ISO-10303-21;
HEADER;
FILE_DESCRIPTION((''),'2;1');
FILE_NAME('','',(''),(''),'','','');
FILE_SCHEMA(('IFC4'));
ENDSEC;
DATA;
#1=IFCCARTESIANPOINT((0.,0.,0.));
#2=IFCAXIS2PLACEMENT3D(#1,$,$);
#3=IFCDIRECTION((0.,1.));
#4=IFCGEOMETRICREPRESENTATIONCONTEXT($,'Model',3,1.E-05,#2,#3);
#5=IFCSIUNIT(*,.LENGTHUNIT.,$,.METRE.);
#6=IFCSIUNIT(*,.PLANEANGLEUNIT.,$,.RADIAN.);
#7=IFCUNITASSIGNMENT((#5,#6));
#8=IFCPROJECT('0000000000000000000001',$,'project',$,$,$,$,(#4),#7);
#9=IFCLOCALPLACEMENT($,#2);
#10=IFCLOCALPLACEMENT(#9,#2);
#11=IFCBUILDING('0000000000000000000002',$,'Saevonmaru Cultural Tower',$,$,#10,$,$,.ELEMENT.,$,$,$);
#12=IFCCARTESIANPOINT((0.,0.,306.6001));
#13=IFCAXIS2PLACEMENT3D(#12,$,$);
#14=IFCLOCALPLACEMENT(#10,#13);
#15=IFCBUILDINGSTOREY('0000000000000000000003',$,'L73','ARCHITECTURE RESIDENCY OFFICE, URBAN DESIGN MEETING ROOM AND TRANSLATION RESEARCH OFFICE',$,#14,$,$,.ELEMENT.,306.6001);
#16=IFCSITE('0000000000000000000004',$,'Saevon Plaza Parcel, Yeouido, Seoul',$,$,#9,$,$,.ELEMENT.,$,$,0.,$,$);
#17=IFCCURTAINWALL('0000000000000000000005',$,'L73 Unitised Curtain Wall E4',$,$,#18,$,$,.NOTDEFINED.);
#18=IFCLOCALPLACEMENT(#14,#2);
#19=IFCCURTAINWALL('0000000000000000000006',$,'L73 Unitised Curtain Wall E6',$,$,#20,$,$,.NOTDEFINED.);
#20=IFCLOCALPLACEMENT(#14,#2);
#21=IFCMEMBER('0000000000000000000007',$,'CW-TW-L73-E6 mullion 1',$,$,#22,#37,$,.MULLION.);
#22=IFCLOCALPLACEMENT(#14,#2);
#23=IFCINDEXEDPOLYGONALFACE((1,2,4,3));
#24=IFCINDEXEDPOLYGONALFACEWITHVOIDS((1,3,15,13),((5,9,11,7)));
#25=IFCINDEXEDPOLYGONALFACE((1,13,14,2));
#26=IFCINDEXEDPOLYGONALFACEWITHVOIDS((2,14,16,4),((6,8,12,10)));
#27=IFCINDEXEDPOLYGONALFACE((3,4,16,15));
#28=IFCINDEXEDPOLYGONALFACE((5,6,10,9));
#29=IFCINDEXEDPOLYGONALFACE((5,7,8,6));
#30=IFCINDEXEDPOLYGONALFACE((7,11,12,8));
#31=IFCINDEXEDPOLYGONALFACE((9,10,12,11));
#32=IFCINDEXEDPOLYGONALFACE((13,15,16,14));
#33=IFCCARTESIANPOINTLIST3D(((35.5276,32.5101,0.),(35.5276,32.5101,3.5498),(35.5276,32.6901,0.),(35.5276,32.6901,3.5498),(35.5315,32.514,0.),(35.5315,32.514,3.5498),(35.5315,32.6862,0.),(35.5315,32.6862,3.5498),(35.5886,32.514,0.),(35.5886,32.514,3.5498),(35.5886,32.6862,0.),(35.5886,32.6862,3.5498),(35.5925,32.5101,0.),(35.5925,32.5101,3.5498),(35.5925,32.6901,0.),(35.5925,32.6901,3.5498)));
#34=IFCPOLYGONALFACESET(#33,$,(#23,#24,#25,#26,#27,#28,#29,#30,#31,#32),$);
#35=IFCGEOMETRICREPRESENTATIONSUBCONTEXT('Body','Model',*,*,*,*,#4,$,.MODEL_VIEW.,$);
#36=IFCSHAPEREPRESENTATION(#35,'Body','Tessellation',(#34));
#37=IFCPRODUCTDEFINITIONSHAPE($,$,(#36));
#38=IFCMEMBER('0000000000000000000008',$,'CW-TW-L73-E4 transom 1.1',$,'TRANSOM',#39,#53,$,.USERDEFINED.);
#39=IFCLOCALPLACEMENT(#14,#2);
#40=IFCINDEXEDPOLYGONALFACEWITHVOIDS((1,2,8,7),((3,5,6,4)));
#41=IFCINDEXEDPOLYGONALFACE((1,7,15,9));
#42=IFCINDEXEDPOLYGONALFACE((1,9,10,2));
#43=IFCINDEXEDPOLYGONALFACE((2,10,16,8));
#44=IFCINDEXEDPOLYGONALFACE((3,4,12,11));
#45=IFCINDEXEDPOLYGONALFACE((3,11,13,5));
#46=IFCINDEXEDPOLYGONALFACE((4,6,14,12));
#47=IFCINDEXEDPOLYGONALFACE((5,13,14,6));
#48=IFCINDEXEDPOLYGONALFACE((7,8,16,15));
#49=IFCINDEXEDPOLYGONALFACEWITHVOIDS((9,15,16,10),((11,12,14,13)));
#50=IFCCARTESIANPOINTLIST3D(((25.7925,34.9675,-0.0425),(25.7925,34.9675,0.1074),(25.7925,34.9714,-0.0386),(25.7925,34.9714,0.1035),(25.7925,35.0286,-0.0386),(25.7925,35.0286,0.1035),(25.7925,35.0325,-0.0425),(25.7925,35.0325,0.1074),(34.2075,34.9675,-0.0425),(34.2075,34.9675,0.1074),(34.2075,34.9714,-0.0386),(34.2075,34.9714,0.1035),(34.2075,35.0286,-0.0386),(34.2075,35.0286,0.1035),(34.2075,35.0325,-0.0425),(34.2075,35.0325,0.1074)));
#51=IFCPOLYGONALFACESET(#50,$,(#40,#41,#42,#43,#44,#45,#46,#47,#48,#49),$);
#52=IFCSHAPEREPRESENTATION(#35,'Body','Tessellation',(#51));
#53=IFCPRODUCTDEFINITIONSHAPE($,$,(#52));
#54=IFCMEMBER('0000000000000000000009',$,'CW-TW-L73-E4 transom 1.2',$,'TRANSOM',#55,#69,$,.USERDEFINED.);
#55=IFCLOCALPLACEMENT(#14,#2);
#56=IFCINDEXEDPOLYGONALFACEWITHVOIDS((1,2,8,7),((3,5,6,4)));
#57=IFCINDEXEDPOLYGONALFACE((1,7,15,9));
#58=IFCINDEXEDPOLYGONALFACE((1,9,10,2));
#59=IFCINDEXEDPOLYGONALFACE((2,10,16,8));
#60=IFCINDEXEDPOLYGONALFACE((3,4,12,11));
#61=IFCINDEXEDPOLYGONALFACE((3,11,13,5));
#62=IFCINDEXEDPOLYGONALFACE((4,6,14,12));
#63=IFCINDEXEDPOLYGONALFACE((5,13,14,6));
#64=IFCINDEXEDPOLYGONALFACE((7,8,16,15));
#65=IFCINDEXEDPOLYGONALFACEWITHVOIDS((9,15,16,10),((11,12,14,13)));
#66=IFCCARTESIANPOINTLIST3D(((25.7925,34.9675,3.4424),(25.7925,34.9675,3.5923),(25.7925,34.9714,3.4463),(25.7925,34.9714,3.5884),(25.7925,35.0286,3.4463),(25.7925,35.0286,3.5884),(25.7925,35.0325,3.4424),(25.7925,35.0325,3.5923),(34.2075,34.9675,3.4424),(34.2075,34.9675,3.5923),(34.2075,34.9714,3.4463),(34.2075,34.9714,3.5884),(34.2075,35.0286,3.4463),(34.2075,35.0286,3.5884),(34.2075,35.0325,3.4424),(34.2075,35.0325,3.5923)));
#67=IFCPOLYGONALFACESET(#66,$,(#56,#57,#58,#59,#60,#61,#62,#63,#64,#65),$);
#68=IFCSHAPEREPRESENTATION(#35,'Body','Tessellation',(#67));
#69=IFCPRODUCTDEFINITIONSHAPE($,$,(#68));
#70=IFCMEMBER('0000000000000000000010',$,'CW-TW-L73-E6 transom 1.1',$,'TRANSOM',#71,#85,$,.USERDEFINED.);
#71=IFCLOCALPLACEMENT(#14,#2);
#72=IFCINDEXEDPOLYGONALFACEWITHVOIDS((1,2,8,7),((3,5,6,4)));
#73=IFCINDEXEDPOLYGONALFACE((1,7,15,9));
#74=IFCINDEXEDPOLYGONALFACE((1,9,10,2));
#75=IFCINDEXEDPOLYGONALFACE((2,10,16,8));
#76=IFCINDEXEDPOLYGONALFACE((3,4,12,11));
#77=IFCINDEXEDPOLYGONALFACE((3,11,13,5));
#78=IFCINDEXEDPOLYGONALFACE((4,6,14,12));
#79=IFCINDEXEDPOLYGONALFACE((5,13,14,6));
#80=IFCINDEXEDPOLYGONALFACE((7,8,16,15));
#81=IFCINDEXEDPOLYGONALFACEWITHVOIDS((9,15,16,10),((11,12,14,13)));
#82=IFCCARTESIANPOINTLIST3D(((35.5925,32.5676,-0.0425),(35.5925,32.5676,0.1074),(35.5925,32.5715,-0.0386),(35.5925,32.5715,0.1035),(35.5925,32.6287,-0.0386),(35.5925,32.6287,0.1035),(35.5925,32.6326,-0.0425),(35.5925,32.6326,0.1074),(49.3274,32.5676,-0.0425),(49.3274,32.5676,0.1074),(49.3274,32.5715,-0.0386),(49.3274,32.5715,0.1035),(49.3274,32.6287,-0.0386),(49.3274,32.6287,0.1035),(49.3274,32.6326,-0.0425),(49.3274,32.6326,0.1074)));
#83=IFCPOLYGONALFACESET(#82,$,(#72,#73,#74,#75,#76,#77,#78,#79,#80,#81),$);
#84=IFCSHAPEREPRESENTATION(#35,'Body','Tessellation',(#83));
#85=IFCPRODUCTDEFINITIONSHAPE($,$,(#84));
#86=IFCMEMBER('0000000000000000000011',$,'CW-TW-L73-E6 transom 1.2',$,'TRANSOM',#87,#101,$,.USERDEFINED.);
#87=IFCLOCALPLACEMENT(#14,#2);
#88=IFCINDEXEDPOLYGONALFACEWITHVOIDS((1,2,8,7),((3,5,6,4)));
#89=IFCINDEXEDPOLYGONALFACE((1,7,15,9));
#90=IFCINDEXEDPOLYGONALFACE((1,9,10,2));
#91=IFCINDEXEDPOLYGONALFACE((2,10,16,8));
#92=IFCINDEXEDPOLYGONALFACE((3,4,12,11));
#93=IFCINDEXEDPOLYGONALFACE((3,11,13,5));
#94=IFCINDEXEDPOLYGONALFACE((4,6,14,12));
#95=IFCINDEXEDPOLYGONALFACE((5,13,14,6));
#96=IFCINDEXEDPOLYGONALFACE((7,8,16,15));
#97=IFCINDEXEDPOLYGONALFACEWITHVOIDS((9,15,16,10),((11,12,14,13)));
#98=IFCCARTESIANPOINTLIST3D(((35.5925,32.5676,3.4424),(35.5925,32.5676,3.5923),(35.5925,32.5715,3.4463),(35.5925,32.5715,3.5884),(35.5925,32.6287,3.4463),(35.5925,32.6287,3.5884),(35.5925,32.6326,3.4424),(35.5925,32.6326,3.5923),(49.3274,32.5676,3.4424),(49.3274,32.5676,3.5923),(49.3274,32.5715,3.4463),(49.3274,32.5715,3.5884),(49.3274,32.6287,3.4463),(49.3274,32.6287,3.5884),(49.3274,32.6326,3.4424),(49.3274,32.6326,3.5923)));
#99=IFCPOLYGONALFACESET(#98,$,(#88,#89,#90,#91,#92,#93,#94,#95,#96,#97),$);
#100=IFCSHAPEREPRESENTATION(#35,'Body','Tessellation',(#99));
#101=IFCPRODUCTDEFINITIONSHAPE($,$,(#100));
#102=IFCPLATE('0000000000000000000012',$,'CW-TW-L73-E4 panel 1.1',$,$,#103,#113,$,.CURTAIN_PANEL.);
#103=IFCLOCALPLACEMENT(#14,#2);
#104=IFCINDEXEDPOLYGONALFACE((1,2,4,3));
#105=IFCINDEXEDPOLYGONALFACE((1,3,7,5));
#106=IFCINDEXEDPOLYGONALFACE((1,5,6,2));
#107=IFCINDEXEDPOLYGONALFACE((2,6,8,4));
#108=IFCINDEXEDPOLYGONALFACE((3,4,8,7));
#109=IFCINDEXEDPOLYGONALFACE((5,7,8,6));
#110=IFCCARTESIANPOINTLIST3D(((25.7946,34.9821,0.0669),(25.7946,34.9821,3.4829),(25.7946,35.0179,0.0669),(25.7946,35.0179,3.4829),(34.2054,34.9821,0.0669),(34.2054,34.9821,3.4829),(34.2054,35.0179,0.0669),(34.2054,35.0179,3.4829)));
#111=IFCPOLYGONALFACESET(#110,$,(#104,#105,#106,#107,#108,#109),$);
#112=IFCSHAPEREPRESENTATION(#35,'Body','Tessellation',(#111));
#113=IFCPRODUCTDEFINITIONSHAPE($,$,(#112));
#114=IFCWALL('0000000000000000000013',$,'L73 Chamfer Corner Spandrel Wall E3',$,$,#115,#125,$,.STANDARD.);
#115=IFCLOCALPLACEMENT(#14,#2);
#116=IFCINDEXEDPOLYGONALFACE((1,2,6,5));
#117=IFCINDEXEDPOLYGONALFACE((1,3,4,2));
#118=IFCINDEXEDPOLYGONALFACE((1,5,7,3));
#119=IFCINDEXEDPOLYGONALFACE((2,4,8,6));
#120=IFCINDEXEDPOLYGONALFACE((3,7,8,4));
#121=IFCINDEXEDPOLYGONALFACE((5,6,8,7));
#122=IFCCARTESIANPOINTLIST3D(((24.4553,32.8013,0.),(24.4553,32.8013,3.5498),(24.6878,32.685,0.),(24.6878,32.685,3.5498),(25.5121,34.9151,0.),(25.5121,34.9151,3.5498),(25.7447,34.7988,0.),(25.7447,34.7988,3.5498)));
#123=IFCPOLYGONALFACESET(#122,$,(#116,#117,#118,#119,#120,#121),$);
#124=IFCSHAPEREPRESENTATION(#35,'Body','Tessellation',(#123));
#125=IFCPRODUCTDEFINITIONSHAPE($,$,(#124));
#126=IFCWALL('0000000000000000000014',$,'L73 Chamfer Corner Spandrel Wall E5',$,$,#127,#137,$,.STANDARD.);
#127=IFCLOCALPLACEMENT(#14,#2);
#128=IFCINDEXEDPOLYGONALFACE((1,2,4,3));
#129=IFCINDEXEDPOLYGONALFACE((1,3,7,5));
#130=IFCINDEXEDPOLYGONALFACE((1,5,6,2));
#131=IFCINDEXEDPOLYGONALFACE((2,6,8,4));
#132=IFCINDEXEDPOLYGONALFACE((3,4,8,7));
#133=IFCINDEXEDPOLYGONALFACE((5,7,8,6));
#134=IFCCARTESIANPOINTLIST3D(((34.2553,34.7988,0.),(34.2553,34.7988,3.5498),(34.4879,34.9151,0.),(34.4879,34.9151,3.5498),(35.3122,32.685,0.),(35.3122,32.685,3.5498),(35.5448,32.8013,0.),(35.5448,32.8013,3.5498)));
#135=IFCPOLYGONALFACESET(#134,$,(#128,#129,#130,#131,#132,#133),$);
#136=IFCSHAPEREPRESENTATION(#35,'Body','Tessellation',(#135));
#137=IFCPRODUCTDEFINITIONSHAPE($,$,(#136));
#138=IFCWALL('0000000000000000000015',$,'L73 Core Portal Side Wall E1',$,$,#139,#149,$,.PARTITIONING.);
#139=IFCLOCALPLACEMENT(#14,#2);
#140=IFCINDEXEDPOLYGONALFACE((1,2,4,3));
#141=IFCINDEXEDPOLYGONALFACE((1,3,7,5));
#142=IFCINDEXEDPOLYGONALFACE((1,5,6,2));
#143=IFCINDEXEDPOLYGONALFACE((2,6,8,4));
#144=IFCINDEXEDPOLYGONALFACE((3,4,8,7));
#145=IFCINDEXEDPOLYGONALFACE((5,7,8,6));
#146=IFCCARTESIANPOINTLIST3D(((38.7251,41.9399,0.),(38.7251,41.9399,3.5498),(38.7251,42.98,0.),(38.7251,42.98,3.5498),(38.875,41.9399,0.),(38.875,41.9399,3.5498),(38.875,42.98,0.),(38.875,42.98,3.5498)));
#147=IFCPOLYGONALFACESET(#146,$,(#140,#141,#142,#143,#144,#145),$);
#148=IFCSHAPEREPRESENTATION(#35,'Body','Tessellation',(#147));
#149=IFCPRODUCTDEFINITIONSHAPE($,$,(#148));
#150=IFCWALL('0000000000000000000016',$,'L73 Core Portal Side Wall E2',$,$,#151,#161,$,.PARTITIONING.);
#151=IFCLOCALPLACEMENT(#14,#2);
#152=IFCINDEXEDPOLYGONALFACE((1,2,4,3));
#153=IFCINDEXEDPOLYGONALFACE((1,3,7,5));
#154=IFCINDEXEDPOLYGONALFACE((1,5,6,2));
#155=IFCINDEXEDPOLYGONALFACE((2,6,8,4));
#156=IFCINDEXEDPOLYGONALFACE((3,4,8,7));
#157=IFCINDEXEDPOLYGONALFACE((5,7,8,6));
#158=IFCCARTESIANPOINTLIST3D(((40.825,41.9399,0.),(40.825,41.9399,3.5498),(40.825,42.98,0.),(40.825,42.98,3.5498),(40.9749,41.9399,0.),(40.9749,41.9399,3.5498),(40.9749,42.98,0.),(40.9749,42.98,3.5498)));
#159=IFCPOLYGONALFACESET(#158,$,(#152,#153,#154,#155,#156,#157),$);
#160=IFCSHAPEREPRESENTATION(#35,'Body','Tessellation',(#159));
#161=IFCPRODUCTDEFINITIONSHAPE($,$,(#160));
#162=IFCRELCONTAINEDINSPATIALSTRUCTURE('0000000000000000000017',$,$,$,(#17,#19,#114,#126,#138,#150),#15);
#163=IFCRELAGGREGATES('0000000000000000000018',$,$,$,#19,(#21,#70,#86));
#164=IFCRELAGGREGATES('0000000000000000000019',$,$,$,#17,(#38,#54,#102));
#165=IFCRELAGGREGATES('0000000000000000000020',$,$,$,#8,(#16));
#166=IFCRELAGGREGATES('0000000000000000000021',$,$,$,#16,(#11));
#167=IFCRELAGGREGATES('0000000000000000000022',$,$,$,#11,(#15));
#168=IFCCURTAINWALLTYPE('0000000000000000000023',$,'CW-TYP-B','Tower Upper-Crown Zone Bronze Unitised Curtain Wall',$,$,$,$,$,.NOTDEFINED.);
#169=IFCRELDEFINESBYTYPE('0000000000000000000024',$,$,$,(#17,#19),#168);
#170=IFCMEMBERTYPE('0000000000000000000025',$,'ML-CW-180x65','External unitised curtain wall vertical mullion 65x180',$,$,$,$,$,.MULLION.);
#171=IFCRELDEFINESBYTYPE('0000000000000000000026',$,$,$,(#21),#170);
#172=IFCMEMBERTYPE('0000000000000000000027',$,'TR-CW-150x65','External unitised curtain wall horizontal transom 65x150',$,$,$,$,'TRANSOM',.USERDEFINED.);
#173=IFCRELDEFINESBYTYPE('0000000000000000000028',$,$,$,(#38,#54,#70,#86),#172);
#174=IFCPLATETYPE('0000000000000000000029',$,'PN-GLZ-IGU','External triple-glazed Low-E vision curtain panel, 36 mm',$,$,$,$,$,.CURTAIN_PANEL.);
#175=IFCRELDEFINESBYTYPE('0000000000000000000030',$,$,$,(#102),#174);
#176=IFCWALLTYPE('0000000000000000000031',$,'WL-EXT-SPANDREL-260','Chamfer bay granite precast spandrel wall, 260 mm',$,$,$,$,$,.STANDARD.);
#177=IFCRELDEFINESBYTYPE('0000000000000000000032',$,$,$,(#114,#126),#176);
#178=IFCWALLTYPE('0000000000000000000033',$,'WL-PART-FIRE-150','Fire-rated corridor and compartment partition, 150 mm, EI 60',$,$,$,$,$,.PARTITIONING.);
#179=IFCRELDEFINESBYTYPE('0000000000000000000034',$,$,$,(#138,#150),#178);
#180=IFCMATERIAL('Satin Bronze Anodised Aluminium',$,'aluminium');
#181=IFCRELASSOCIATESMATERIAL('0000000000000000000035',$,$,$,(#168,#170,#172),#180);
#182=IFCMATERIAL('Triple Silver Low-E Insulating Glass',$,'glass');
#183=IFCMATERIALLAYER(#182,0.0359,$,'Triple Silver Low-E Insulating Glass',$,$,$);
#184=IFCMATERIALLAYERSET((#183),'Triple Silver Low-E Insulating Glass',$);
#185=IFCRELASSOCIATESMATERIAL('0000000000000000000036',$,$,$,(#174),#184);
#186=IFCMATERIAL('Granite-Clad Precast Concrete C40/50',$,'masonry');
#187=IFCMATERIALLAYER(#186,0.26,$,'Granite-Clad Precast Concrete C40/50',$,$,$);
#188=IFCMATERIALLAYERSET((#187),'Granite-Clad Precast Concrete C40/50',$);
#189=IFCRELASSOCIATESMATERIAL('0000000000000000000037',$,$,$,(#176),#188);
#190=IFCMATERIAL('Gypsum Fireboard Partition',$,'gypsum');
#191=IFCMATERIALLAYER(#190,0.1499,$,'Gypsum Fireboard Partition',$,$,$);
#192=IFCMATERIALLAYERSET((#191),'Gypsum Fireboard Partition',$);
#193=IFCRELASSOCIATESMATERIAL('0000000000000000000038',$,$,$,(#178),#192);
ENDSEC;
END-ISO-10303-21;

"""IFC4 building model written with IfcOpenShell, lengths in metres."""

from ifc_helpers import new_model, si_unit, direction, frame, frame_2d, origin, origin_2d, place, context, subcontext, project, spatial, rectangle, hollow_rectangle, extrude, material, layer, layer_set, material_profile, profile_set, type_object, element, aggregate, save


model = new_model("IFC4")

# Units and contexts
model_context = context("Model", 3, precision=1e-05, world=origin(), true_north=direction((0.0, 1.0)))
body_context = subcontext(model_context, "Body", "Model", "MODEL_VIEW")
ifc_project = project(units=[si_unit("LENGTHUNIT", "METRE"), si_unit("PLANEANGLEUNIT", "RADIAN")], contexts=[model_context])

# Site, building, storey
site_placement = place(None, origin())
site = spatial("IfcSite", under=ifc_project, at=site_placement, Name="Saevon Plaza Parcel, Yeouido, Seoul", CompositionType="ELEMENT", RefElevation=0.0)
building_placement = place(site_placement, origin())
building = spatial("IfcBuilding", under=site, at=building_placement, Name="Saevonmaru Cultural Tower", CompositionType="ELEMENT")
storey_placement = place(building_placement, frame((0.0, 0.0, 306.6001)))
storey = spatial("IfcBuildingStorey", under=building, at=storey_placement, Name="L73", Description="ARCHITECTURE RESIDENCY OFFICE, URBAN DESIGN MEETING ROOM AND TRANSLATION RESEARCH OFFICE", CompositionType="ELEMENT", Elevation=306.6001)

# Shared definitions
ifc_material_1 = material(Name="Satin Bronze Anodised Aluminium", Category="aluminium")
curtain_wall_type = type_object("IfcCurtainWallType", Name="CW-TYP-B", Description="Tower Upper-Crown Zone Bronze Unitised Curtain Wall", PredefinedType="NOTDEFINED", material=ifc_material_1)
ifc_material_profile_1 = material_profile(ifc_material_1, hollow_rectangle(XDim=0.0649, YDim=0.1799, WallThickness=0.0039, at=origin_2d()), Name="ALU-MULL-180x65x4")
ifc_profile_set_1 = profile_set([ifc_material_profile_1], Name="Satin Bronze Anodised Aluminium")
member_type_1 = type_object("IfcMemberType", Name="ML-CW-180x65", Description="External unitised curtain wall vertical mullion 65x180", PredefinedType="MULLION", material=ifc_profile_set_1)

# Curtain wall
curtain_wall_1_placement = place(storey_placement, origin())
curtain_wall_1 = element("IfcCurtainWall", 1, at=curtain_wall_1_placement, inside=storey, type_object=curtain_wall_type, Name="L73 Unitised Curtain Wall E4", PredefinedType="NOTDEFINED")

# Curtain wall, member
curtain_wall_2_placement = place(storey_placement, origin())
curtain_wall_2 = element("IfcCurtainWall", 2, at=curtain_wall_2_placement, inside=storey, type_object=curtain_wall_type, Name="L73 Unitised Curtain Wall E6", PredefinedType="NOTDEFINED")
member_1_placement = place(storey_placement, frame((35.5601, 32.6001, 0.0), z_axis=(0.0, 0.0, 1.0), x_axis=(1.0, 0.0, 0.0)))
member_1 = element("IfcMember", 3, at=member_1_placement, type_object=member_type_1, Name="CW-TW-L73-E6 mullion 1", PredefinedType="MULLION", context=body_context, shape_type="SweptSolid", body=[
    extrude(hollow_rectangle(XDim=0.0649, YDim=0.1799, WallThickness=0.0039, at=origin_2d()), origin(), (0.0, 0.0, 1.0), 3.5498),
])

# Members
ifc_material_profile_2 = material_profile(ifc_material_1, hollow_rectangle(XDim=0.0649, YDim=0.1499, WallThickness=0.0039, at=origin_2d()), Name="ALU-TRAN-150x65x4")
ifc_profile_set_2 = profile_set([ifc_material_profile_2], Name="Satin Bronze Anodised Aluminium")
member_type_2 = type_object("IfcMemberType", Name="TR-CW-150x65", Description="External unitised curtain wall horizontal transom 65x150", ElementType="TRANSOM", PredefinedType="USERDEFINED", material=ifc_profile_set_2)
member_2_placement = place(storey_placement, frame((25.7925, 35.0, 0.0325), z_axis=(1.0, 0.0, 0.0), x_axis=(0.0, 1.0, 0.0)))
member_2 = element("IfcMember", 4, at=member_2_placement, type_object=member_type_2, Name="CW-TW-L73-E4 transom 1.1", ObjectType="TRANSOM", PredefinedType="USERDEFINED", context=body_context, shape_type="SweptSolid", body=[
    extrude(hollow_rectangle(XDim=0.0649, YDim=0.1499, WallThickness=0.0039, at=origin_2d()), origin(), (0.0, 0.0, 1.0), 8.415),
])
member_3_placement = place(storey_placement, frame((25.7925, 35.0, 3.5173), z_axis=(1.0, 0.0, 0.0), x_axis=(0.0, 1.0, 0.0)))
member_3 = element("IfcMember", 5, at=member_3_placement, type_object=member_type_2, Name="CW-TW-L73-E4 transom 1.2", ObjectType="TRANSOM", PredefinedType="USERDEFINED", context=body_context, shape_type="SweptSolid", body=[
    extrude(hollow_rectangle(XDim=0.0649, YDim=0.1499, WallThickness=0.0039, at=origin_2d()), origin(), (0.0, 0.0, 1.0), 8.415),
])
member_4_placement = place(storey_placement, frame((35.5925, 32.6001, 0.0325), z_axis=(1.0, 0.0, 0.0), x_axis=(0.0, 1.0, 0.0)))
member_4 = element("IfcMember", 6, at=member_4_placement, type_object=member_type_2, Name="CW-TW-L73-E6 transom 1.1", ObjectType="TRANSOM", PredefinedType="USERDEFINED", context=body_context, shape_type="SweptSolid", body=[
    extrude(hollow_rectangle(XDim=0.0649, YDim=0.1499, WallThickness=0.0039, at=origin_2d()), origin(), (0.0, 0.0, 1.0), 13.7349),
])
member_5_placement = place(storey_placement, frame((35.5925, 32.6001, 3.5173), z_axis=(1.0, 0.0, 0.0), x_axis=(0.0, 1.0, 0.0)))
member_5 = element("IfcMember", 7, at=member_5_placement, type_object=member_type_2, Name="CW-TW-L73-E6 transom 1.2", ObjectType="TRANSOM", PredefinedType="USERDEFINED", context=body_context, shape_type="SweptSolid", body=[
    extrude(hollow_rectangle(XDim=0.0649, YDim=0.1499, WallThickness=0.0039, at=origin_2d()), origin(), (0.0, 0.0, 1.0), 13.7349),
])
aggregate(curtain_wall_2, [member_1, member_4, member_5])

# Plate
ifc_material_2 = material(Name="Triple Silver Low-E Insulating Glass", Category="glass")
ifc_layer_1 = layer(ifc_material_2, 0.0359, Name="Triple Silver Low-E Insulating Glass")
ifc_layer_set_1 = layer_set([ifc_layer_1], Name="Triple Silver Low-E Insulating Glass")
plate_type = type_object("IfcPlateType", Name="PN-GLZ-IGU", Description="External triple-glazed Low-E vision curtain panel, 36 mm", PredefinedType="CURTAIN_PANEL", material=ifc_layer_set_1)
plate_placement = place(storey_placement, frame((30.0, 35.0, 0.0669), z_axis=(0.0, 0.0, 1.0), x_axis=(1.0, 0.0, 0.0)))
plate = element("IfcPlate", 8, at=plate_placement, type_object=plate_type, Name="CW-TW-L73-E4 panel 1.1", PredefinedType="CURTAIN_PANEL", context=body_context, shape_type="SweptSolid", body=[
    extrude(rectangle(XDim=8.4109, YDim=0.0359, at=origin_2d()), origin(), (0.0, 0.0, 1.0), 3.416),
])
aggregate(curtain_wall_1, [member_2, member_3, plate])

# Walls
ifc_material_3 = material(Name="Granite-Clad Precast Concrete C40/50", Category="masonry")
ifc_layer_2 = layer(ifc_material_3, 0.26, Name="Granite-Clad Precast Concrete C40/50")
ifc_layer_set_2 = layer_set([ifc_layer_2], Name="Granite-Clad Precast Concrete C40/50")
wall_type_1 = type_object("IfcWallType", Name="WL-EXT-SPANDREL-260", Description="Chamfer bay granite precast spandrel wall, 260 mm", PredefinedType="STANDARD", material=ifc_layer_set_2)
for number, where, z_axis, x_axis, name in (
    (9, (24.5715, 32.7432, 0.0), (0.0, 0.0, 1.0), (0.447214, 0.894427, 0.0), "L73 Chamfer Corner Spandrel Wall E3"),
    (10, (34.3716, 34.8569, 0.0), (0.0, 0.0, 1.0), (0.447214, -0.894427, 0.0), "L73 Chamfer Corner Spandrel Wall E5"),
):
    element("IfcWall", number, at=place(storey_placement, frame(where, z_axis=z_axis, x_axis=x_axis)), inside=storey, type_object=wall_type_1, Name=name, PredefinedType="STANDARD", context=body_context, shape_type="SweptSolid", body=[
        extrude(rectangle(XDim=2.3633, YDim=0.26, at=frame_2d((1.1816, 0.0))), origin(), (0.0, 0.0, 1.0), 3.5498),
    ])
ifc_material_4 = material(Name="Gypsum Fireboard Partition", Category="gypsum")
ifc_layer_3 = layer(ifc_material_4, 0.1499, Name="Gypsum Fireboard Partition")
ifc_layer_set_3 = layer_set([ifc_layer_3], Name="Gypsum Fireboard Partition")
wall_type_2 = type_object("IfcWallType", Name="WL-PART-FIRE-150", Description="Fire-rated corridor and compartment partition, 150 mm, EI 60", PredefinedType="PARTITIONING", material=ifc_layer_set_3)
for number, where, z_axis, x_axis, name in (
    (11, (38.8, 41.9399, 0.0), (0.0, 0.0, 1.0), (0.0, 1.0, 0.0), "L73 Core Portal Side Wall E1"),
    (12, (40.8999, 41.9399, 0.0), (0.0, 0.0, 1.0), (0.0, 1.0, 0.0), "L73 Core Portal Side Wall E2"),
):
    element("IfcWall", number, at=place(storey_placement, frame(where, z_axis=z_axis, x_axis=x_axis)), inside=storey, type_object=wall_type_2, Name=name, PredefinedType="PARTITIONING", context=body_context, shape_type="SweptSolid", body=[
        extrude(rectangle(XDim=1.04, YDim=0.1499, at=frame_2d((0.52, 0.0))), origin(), (0.0, 0.0, 1.0), 3.5498),
    ])

save(model, "model.ifc")
